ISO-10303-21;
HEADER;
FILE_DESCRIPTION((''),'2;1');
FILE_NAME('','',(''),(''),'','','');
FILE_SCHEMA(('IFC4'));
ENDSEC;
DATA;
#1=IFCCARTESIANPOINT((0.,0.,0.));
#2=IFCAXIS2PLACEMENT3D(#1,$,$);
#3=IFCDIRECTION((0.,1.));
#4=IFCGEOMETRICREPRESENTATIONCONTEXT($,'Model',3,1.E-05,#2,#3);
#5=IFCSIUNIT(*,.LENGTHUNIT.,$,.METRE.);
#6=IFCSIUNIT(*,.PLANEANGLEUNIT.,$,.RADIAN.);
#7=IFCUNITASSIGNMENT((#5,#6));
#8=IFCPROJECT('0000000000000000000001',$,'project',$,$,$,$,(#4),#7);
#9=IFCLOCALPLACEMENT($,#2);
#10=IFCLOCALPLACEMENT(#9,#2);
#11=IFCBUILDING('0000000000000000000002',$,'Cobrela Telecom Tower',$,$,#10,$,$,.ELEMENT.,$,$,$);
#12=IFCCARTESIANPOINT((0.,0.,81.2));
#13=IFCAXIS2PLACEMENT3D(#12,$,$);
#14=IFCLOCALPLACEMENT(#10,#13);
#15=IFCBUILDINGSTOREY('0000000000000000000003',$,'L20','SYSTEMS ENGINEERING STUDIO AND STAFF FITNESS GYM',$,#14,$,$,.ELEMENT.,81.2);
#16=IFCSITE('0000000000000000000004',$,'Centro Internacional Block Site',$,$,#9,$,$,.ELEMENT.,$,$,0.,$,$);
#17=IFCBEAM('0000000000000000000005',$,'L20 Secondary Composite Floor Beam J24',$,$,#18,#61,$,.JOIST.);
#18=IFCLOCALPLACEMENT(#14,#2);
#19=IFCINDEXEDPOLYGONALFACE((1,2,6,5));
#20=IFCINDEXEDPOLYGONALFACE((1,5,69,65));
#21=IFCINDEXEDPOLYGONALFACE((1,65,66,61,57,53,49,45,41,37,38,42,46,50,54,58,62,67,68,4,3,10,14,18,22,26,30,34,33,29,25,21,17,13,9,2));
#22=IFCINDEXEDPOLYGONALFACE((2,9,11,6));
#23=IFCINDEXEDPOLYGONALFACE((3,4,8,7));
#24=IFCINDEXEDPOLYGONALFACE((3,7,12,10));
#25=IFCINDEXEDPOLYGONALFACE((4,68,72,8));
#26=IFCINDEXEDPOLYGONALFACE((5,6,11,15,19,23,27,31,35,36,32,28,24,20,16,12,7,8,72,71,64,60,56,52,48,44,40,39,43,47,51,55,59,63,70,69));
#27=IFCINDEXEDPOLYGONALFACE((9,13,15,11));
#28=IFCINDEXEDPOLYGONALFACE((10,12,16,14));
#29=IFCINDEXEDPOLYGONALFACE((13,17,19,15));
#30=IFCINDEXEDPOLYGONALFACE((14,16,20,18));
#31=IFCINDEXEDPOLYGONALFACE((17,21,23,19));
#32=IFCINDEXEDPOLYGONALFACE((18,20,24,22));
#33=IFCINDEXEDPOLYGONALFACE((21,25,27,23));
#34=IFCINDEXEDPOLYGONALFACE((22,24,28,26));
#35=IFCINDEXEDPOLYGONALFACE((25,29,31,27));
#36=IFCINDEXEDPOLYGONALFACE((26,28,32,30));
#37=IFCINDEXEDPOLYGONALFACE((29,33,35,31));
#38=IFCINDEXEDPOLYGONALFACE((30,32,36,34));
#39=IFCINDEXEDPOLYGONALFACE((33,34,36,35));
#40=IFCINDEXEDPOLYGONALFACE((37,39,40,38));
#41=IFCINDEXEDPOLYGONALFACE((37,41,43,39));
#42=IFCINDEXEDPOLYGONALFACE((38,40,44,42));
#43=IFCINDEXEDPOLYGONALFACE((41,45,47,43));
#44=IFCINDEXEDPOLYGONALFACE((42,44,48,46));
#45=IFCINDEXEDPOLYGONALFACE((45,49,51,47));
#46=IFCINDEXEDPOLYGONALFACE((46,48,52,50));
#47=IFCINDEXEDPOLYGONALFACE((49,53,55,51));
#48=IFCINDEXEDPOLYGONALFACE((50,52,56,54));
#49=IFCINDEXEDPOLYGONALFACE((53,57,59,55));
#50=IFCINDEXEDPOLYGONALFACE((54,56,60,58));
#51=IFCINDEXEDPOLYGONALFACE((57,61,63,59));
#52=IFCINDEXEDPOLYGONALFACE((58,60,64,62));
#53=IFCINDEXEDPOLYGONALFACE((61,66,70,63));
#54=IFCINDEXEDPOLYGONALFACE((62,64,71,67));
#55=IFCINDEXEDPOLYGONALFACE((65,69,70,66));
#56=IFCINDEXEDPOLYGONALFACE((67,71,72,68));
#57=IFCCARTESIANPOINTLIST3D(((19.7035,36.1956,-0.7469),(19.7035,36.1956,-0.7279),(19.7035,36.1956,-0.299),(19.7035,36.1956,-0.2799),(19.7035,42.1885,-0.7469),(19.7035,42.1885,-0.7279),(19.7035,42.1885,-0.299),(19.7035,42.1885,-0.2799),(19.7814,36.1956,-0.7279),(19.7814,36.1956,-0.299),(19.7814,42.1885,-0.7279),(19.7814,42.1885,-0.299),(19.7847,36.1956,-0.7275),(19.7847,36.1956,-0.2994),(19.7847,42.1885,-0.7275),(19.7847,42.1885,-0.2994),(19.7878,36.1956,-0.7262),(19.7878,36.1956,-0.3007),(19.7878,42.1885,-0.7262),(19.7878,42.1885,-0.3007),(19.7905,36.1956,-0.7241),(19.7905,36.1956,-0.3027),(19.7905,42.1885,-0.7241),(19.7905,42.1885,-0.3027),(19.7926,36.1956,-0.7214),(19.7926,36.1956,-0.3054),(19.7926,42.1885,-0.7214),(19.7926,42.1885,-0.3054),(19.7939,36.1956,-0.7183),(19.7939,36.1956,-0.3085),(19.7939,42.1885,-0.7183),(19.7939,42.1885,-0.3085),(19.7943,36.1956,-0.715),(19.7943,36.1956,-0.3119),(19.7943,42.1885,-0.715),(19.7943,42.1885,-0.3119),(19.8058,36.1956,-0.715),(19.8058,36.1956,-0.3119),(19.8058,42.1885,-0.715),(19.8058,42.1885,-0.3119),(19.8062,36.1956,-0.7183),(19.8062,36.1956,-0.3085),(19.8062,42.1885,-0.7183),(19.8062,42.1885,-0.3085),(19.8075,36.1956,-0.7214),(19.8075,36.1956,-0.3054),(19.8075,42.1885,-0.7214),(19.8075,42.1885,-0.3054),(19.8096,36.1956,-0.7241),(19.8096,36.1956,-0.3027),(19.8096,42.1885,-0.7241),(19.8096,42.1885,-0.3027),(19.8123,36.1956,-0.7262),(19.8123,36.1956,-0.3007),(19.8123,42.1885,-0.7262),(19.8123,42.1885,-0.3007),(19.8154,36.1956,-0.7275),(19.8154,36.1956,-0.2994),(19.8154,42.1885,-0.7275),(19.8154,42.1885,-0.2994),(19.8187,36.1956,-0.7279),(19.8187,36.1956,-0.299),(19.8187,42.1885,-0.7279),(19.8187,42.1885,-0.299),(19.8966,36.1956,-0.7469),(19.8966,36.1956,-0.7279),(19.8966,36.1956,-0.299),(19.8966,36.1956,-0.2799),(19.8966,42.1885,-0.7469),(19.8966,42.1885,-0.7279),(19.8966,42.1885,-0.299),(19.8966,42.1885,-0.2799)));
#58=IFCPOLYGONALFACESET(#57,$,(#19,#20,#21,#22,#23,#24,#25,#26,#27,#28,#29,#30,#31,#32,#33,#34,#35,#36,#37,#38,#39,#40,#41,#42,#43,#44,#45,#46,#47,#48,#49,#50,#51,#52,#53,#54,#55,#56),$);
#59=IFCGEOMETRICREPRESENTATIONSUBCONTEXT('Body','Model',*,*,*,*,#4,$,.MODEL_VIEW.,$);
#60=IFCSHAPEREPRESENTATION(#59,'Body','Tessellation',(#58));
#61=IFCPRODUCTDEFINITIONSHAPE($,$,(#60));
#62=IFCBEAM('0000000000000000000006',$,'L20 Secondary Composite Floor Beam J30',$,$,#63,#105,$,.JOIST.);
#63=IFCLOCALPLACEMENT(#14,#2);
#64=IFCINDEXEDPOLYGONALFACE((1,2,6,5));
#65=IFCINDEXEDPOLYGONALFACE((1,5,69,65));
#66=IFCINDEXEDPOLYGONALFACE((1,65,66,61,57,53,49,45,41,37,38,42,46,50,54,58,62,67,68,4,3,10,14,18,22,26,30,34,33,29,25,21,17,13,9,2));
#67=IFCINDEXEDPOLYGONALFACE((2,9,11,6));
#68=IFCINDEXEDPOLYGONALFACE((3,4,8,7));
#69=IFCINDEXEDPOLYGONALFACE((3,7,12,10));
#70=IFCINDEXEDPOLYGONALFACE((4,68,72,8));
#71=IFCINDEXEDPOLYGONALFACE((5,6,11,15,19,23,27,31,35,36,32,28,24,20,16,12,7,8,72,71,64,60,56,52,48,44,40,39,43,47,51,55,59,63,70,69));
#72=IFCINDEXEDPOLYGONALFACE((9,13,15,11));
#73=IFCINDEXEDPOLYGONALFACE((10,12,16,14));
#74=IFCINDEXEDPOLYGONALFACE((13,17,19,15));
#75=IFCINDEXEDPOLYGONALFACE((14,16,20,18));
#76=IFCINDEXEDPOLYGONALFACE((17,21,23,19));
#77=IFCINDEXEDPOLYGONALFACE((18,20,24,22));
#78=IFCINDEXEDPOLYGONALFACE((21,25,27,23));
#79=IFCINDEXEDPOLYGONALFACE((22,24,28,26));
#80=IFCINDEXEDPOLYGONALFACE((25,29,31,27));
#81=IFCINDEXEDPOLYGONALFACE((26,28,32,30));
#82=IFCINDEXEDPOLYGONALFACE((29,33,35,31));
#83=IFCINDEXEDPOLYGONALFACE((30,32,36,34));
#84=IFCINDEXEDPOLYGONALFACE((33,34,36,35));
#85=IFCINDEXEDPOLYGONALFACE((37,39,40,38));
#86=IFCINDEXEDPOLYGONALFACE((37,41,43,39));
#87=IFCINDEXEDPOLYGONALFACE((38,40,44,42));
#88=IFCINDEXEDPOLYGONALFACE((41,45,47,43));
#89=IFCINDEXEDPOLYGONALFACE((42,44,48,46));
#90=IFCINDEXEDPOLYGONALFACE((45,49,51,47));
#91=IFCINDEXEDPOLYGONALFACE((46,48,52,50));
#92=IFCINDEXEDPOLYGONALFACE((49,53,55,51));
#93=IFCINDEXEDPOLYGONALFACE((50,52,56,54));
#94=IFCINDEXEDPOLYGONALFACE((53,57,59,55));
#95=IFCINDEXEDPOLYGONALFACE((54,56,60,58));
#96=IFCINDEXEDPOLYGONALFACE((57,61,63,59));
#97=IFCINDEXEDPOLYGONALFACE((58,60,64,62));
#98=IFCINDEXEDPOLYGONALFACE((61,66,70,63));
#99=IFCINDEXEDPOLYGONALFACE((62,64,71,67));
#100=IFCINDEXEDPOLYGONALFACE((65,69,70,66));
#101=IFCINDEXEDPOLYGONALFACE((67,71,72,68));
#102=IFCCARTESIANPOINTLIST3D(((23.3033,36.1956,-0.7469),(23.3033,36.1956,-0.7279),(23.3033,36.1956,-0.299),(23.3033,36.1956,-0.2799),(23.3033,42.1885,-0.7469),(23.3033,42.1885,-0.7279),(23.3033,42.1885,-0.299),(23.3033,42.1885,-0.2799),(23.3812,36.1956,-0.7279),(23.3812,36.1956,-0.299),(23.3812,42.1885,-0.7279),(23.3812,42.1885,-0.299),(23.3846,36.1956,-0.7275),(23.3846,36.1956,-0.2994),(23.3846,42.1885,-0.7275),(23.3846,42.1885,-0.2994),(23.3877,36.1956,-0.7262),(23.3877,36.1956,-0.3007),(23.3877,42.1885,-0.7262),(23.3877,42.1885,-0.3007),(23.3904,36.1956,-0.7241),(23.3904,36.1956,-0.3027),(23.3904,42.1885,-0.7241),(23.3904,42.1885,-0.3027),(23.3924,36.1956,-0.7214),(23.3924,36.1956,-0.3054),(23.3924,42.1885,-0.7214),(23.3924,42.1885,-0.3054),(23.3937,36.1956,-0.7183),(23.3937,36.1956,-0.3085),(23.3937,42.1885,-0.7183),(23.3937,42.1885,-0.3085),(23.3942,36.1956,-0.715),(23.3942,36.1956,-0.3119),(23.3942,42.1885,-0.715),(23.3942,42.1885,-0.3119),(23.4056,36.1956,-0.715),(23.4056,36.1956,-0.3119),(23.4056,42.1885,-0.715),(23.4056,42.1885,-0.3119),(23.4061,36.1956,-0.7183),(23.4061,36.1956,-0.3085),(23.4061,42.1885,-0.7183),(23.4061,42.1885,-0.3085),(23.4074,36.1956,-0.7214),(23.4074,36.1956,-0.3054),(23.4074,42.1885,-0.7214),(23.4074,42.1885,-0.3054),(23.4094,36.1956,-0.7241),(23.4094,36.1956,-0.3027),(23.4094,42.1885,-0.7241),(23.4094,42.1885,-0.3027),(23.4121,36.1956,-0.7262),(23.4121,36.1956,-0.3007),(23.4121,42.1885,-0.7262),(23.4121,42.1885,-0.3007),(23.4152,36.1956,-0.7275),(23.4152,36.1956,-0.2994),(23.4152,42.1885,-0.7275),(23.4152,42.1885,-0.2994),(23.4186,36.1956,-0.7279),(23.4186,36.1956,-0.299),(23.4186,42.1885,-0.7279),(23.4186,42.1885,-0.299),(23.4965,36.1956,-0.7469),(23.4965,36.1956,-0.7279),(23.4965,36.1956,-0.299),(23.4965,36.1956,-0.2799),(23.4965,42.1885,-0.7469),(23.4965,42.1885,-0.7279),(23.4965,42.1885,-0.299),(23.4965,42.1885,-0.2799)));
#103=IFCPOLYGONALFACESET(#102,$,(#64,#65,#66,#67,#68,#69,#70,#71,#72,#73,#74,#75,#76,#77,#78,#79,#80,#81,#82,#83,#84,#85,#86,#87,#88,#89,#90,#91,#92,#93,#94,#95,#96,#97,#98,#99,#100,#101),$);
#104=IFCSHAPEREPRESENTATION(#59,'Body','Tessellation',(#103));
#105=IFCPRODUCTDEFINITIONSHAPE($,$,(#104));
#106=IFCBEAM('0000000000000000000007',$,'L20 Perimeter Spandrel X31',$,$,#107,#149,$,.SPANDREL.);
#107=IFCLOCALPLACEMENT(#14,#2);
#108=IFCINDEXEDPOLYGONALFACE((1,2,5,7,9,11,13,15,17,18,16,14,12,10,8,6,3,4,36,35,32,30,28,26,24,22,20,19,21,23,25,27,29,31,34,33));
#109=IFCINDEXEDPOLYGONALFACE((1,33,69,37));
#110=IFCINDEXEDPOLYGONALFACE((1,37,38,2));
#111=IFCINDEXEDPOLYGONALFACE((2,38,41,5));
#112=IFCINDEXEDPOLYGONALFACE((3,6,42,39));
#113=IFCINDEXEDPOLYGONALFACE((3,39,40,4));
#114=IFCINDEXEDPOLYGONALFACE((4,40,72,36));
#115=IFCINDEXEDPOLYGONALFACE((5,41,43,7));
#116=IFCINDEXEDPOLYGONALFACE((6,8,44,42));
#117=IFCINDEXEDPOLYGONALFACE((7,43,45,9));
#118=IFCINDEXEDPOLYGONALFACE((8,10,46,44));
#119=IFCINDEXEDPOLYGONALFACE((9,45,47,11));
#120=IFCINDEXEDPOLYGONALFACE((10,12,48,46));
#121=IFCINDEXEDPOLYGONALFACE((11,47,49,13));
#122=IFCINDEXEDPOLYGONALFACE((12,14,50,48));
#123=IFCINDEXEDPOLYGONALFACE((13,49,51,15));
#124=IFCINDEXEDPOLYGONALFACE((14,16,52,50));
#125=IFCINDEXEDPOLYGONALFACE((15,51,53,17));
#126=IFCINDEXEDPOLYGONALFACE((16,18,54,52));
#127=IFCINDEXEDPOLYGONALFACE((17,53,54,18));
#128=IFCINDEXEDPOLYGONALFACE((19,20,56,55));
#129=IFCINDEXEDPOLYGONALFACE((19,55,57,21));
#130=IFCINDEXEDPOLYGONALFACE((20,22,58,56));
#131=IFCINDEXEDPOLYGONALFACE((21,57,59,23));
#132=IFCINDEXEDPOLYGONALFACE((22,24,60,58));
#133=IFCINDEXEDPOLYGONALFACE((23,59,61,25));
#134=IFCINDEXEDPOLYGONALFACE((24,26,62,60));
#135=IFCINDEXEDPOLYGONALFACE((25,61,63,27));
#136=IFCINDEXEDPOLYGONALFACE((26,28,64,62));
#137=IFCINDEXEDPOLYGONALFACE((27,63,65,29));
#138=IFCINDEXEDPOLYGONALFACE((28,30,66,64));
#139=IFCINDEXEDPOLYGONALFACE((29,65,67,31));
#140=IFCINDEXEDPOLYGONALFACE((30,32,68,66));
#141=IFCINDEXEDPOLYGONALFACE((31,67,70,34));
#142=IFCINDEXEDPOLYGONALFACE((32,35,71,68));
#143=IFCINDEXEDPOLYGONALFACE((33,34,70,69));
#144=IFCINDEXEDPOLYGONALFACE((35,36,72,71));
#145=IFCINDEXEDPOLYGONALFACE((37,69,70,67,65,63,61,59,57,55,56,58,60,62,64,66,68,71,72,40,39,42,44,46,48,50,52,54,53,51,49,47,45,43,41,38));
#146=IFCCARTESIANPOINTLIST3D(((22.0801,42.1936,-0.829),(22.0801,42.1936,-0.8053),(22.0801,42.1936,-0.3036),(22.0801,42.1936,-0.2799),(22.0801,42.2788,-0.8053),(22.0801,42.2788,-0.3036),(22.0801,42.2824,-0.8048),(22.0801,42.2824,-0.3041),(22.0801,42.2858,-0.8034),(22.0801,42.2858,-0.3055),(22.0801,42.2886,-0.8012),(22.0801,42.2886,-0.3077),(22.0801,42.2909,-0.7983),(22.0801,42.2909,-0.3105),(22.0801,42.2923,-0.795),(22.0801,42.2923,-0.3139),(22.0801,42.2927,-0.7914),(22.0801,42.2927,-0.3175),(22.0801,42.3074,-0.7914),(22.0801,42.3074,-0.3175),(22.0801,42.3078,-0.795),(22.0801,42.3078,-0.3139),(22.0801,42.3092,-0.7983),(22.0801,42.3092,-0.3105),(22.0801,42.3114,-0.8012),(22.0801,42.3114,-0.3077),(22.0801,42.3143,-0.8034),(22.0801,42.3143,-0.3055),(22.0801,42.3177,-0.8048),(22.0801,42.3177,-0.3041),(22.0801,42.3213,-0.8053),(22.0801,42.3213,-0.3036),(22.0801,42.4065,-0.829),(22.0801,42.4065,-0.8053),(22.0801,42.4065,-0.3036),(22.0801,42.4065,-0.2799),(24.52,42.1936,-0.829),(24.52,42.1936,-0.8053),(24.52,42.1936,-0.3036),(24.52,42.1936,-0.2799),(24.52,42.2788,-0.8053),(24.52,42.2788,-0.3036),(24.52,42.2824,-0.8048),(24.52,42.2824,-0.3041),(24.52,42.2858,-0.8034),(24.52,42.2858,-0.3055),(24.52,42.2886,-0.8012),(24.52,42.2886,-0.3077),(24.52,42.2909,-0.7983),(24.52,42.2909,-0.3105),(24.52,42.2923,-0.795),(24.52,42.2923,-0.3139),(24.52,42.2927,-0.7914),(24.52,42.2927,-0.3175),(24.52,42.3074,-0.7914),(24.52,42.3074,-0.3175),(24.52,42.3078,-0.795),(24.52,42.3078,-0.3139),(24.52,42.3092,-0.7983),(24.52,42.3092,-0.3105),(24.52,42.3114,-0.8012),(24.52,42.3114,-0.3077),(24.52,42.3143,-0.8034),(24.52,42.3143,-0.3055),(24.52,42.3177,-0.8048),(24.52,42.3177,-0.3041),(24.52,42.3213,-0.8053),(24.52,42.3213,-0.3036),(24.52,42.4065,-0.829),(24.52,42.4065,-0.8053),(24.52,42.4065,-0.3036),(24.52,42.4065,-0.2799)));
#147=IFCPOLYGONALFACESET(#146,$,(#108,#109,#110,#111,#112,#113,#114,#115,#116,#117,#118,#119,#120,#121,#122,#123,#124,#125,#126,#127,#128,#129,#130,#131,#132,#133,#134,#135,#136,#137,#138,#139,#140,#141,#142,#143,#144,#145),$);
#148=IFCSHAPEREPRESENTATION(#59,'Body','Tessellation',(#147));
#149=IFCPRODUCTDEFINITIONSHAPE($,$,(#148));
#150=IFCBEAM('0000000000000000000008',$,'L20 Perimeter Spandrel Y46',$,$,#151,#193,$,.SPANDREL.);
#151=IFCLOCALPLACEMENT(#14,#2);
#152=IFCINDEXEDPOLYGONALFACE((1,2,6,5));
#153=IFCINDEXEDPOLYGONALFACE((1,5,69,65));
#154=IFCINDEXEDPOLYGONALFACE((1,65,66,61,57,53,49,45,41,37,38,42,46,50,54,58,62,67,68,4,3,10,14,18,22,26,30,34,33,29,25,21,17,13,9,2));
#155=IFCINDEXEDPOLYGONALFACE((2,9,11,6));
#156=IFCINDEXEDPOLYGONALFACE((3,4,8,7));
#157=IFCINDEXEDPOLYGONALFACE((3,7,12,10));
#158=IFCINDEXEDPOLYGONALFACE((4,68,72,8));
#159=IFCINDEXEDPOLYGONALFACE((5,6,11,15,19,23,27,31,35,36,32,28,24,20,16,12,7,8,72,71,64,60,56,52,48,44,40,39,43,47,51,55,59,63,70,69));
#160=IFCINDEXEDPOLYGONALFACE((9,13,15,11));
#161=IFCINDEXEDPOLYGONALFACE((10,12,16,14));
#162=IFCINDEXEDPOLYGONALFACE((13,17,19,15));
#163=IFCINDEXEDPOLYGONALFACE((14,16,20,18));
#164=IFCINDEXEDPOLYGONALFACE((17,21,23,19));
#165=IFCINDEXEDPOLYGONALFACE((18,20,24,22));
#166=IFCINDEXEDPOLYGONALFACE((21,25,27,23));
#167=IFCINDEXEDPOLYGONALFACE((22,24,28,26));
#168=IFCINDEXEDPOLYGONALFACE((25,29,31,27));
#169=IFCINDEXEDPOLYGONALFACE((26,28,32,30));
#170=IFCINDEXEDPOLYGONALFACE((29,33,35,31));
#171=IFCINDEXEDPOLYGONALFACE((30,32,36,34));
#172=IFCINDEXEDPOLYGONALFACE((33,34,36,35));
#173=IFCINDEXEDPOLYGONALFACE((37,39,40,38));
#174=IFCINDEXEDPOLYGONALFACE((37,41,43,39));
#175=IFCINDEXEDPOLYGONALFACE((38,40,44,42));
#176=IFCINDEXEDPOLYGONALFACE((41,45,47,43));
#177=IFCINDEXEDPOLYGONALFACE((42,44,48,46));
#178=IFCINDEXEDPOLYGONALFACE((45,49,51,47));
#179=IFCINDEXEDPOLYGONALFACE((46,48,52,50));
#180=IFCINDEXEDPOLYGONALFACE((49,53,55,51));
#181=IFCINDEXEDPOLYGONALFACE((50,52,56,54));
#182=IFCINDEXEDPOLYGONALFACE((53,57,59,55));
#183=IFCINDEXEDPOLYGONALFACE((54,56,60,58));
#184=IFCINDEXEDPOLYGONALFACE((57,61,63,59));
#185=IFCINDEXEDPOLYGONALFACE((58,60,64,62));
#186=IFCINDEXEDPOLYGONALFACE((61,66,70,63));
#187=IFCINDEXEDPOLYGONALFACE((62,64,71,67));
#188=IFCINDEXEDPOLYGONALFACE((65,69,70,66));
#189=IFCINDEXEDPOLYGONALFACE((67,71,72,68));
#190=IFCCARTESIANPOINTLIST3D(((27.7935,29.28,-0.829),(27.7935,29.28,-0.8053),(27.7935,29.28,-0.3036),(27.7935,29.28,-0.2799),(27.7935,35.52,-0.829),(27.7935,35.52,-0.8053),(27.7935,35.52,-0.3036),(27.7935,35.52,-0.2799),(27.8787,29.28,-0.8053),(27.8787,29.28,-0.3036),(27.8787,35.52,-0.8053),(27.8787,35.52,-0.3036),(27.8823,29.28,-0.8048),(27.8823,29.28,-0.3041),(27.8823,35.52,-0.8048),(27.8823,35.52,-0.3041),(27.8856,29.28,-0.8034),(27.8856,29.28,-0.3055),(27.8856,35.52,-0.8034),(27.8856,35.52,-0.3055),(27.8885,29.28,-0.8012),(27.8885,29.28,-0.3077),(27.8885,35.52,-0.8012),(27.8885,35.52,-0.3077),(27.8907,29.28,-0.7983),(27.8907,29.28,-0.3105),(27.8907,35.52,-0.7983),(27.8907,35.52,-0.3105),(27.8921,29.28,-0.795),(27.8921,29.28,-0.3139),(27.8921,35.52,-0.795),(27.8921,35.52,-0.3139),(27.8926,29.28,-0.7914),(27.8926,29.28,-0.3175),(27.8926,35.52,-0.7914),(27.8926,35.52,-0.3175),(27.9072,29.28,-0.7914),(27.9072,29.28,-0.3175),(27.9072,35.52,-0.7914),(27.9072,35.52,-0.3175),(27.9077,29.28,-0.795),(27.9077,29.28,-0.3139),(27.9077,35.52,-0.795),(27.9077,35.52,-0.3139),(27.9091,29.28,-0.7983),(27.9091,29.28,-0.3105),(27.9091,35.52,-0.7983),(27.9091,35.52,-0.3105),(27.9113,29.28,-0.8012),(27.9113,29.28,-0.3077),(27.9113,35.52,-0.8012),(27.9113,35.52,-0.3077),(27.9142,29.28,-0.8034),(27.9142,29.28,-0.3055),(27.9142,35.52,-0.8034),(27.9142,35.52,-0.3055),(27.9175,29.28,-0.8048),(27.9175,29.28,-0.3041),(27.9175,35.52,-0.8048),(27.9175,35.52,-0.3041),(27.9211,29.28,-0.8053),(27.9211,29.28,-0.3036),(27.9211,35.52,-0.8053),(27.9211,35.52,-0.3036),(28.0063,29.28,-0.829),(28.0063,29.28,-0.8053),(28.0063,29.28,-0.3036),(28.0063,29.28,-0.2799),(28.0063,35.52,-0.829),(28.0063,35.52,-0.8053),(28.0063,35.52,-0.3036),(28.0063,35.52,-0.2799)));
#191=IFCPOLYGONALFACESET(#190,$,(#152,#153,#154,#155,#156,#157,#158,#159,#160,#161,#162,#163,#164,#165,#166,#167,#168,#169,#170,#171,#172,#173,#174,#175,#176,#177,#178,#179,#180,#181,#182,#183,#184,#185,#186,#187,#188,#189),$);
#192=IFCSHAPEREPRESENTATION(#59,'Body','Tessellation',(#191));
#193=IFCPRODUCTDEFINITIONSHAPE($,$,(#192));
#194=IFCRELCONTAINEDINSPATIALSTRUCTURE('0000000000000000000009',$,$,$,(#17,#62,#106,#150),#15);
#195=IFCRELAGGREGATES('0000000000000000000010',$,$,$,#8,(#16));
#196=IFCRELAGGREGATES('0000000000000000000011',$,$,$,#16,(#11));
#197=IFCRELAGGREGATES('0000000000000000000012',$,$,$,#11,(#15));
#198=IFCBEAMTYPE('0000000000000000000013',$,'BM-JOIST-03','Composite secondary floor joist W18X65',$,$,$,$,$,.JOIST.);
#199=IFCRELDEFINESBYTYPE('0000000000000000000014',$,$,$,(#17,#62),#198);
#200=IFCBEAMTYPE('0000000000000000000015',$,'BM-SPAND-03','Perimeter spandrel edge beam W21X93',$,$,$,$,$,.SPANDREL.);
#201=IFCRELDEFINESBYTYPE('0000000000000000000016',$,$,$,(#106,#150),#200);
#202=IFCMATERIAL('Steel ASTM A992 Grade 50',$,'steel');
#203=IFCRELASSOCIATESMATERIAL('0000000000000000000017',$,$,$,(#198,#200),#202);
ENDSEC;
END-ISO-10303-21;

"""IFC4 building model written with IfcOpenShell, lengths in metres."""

from ifc_helpers import new_model, si_unit, direction, frame, origin, origin_2d, place, context, subcontext, project, spatial, i_section, extrude, material, material_profile, profile_set, type_object, element, save


model = new_model("IFC4")

# Units and contexts
model_context = context("Model", 3, precision=1e-05, world=origin(), true_north=direction((0.0, 1.0)))
body_context = subcontext(model_context, "Body", "Model", "MODEL_VIEW")
ifc_project = project(units=[si_unit("LENGTHUNIT", "METRE"), si_unit("PLANEANGLEUNIT", "RADIAN")], contexts=[model_context])

# Site, building, storey
site_placement = place(None, origin())
site = spatial("IfcSite", under=ifc_project, at=site_placement, Name="Centro Internacional Block Site", CompositionType="ELEMENT", RefElevation=0.0)
building_placement = place(site_placement, origin())
building = spatial("IfcBuilding", under=site, at=building_placement, Name="Cobrela Telecom Tower", CompositionType="ELEMENT")
storey_placement = place(building_placement, frame((0.0, 0.0, 81.2)))
storey = spatial("IfcBuildingStorey", under=building, at=storey_placement, Name="L20", Description="SYSTEMS ENGINEERING STUDIO AND STAFF FITNESS GYM", CompositionType="ELEMENT", Elevation=81.2)

# Shared definitions
ifc_material_1 = material(Name="Steel ASTM A992 Grade 50", Category="steel")

# Beams
ifc_material_profile_1 = material_profile(ifc_material_1, i_section(OverallWidth=0.1931, OverallDepth=0.467, WebThickness=0.0115, FlangeThickness=0.019, FilletRadius=0.0129, at=origin_2d()), Name="W18X65")
ifc_profile_set_1 = profile_set([ifc_material_profile_1], Name="Steel ASTM A992 Grade 50")
beam_type_1 = type_object("IfcBeamType", Name="BM-JOIST-03", Description="Composite secondary floor joist W18X65", PredefinedType="JOIST", material=ifc_profile_set_1)
for number, where, z_axis, x_axis, name in (
    (1, (19.8, 36.1956, -0.5134), (0.0, 1.0, 0.0), (-1.0, 0.0, 0.0), "L20 Secondary Composite Floor Beam J24"),
    (2, (23.3999, 36.1956, -0.5134), (0.0, 1.0, 0.0), (-1.0, 0.0, 0.0), "L20 Secondary Composite Floor Beam J30"),
):
    element("IfcBeam", number, at=place(storey_placement, frame(where, z_axis=z_axis, x_axis=x_axis)), inside=storey, type_object=beam_type_1, Name=name, PredefinedType="JOIST", context=body_context, shape_type="SweptSolid", body=[
        extrude(i_section(OverallWidth=0.1931, OverallDepth=0.467, WebThickness=0.0115, FlangeThickness=0.019, FilletRadius=0.0129, at=origin_2d()), origin(), (0.0, 0.0, 1.0), 5.9929),
    ])
ifc_material_profile_2 = material_profile(ifc_material_1, i_section(OverallWidth=0.2129, OverallDepth=0.5491, WebThickness=0.0146, FlangeThickness=0.0237, FilletRadius=0.0139, at=origin_2d()), Name="W21X93")
ifc_profile_set_2 = profile_set([ifc_material_profile_2], Name="Steel ASTM A992 Grade 50")
beam_type_2 = type_object("IfcBeamType", Name="BM-SPAND-03", Description="Perimeter spandrel edge beam W21X93", PredefinedType="SPANDREL", material=ifc_profile_set_2)
beam_1_placement = place(storey_placement, frame((22.0801, 42.3, -0.5544), z_axis=(1.0, 0.0, 0.0), x_axis=(0.0, 1.0, 0.0)))
element("IfcBeam", 3, at=beam_1_placement, inside=storey, type_object=beam_type_2, Name="L20 Perimeter Spandrel X31", PredefinedType="SPANDREL", context=body_context, shape_type="SweptSolid", body=[
    extrude(i_section(OverallWidth=0.2129, OverallDepth=0.5491, WebThickness=0.0146, FlangeThickness=0.0237, FilletRadius=0.0139, at=origin_2d()), origin(), (0.0, 0.0, 1.0), 2.4399),
])
beam_2_placement = place(storey_placement, frame((27.8999, 29.28, -0.5544), z_axis=(0.0, 1.0, 0.0), x_axis=(-1.0, 0.0, 0.0)))
element("IfcBeam", 4, at=beam_2_placement, inside=storey, type_object=beam_type_2, Name="L20 Perimeter Spandrel Y46", PredefinedType="SPANDREL", context=body_context, shape_type="SweptSolid", body=[
    extrude(i_section(OverallWidth=0.2129, OverallDepth=0.5491, WebThickness=0.0146, FlangeThickness=0.0237, FilletRadius=0.0139, at=origin_2d()), origin(), (0.0, 0.0, 1.0), 6.24),
])

save(model, "model.ifc")
